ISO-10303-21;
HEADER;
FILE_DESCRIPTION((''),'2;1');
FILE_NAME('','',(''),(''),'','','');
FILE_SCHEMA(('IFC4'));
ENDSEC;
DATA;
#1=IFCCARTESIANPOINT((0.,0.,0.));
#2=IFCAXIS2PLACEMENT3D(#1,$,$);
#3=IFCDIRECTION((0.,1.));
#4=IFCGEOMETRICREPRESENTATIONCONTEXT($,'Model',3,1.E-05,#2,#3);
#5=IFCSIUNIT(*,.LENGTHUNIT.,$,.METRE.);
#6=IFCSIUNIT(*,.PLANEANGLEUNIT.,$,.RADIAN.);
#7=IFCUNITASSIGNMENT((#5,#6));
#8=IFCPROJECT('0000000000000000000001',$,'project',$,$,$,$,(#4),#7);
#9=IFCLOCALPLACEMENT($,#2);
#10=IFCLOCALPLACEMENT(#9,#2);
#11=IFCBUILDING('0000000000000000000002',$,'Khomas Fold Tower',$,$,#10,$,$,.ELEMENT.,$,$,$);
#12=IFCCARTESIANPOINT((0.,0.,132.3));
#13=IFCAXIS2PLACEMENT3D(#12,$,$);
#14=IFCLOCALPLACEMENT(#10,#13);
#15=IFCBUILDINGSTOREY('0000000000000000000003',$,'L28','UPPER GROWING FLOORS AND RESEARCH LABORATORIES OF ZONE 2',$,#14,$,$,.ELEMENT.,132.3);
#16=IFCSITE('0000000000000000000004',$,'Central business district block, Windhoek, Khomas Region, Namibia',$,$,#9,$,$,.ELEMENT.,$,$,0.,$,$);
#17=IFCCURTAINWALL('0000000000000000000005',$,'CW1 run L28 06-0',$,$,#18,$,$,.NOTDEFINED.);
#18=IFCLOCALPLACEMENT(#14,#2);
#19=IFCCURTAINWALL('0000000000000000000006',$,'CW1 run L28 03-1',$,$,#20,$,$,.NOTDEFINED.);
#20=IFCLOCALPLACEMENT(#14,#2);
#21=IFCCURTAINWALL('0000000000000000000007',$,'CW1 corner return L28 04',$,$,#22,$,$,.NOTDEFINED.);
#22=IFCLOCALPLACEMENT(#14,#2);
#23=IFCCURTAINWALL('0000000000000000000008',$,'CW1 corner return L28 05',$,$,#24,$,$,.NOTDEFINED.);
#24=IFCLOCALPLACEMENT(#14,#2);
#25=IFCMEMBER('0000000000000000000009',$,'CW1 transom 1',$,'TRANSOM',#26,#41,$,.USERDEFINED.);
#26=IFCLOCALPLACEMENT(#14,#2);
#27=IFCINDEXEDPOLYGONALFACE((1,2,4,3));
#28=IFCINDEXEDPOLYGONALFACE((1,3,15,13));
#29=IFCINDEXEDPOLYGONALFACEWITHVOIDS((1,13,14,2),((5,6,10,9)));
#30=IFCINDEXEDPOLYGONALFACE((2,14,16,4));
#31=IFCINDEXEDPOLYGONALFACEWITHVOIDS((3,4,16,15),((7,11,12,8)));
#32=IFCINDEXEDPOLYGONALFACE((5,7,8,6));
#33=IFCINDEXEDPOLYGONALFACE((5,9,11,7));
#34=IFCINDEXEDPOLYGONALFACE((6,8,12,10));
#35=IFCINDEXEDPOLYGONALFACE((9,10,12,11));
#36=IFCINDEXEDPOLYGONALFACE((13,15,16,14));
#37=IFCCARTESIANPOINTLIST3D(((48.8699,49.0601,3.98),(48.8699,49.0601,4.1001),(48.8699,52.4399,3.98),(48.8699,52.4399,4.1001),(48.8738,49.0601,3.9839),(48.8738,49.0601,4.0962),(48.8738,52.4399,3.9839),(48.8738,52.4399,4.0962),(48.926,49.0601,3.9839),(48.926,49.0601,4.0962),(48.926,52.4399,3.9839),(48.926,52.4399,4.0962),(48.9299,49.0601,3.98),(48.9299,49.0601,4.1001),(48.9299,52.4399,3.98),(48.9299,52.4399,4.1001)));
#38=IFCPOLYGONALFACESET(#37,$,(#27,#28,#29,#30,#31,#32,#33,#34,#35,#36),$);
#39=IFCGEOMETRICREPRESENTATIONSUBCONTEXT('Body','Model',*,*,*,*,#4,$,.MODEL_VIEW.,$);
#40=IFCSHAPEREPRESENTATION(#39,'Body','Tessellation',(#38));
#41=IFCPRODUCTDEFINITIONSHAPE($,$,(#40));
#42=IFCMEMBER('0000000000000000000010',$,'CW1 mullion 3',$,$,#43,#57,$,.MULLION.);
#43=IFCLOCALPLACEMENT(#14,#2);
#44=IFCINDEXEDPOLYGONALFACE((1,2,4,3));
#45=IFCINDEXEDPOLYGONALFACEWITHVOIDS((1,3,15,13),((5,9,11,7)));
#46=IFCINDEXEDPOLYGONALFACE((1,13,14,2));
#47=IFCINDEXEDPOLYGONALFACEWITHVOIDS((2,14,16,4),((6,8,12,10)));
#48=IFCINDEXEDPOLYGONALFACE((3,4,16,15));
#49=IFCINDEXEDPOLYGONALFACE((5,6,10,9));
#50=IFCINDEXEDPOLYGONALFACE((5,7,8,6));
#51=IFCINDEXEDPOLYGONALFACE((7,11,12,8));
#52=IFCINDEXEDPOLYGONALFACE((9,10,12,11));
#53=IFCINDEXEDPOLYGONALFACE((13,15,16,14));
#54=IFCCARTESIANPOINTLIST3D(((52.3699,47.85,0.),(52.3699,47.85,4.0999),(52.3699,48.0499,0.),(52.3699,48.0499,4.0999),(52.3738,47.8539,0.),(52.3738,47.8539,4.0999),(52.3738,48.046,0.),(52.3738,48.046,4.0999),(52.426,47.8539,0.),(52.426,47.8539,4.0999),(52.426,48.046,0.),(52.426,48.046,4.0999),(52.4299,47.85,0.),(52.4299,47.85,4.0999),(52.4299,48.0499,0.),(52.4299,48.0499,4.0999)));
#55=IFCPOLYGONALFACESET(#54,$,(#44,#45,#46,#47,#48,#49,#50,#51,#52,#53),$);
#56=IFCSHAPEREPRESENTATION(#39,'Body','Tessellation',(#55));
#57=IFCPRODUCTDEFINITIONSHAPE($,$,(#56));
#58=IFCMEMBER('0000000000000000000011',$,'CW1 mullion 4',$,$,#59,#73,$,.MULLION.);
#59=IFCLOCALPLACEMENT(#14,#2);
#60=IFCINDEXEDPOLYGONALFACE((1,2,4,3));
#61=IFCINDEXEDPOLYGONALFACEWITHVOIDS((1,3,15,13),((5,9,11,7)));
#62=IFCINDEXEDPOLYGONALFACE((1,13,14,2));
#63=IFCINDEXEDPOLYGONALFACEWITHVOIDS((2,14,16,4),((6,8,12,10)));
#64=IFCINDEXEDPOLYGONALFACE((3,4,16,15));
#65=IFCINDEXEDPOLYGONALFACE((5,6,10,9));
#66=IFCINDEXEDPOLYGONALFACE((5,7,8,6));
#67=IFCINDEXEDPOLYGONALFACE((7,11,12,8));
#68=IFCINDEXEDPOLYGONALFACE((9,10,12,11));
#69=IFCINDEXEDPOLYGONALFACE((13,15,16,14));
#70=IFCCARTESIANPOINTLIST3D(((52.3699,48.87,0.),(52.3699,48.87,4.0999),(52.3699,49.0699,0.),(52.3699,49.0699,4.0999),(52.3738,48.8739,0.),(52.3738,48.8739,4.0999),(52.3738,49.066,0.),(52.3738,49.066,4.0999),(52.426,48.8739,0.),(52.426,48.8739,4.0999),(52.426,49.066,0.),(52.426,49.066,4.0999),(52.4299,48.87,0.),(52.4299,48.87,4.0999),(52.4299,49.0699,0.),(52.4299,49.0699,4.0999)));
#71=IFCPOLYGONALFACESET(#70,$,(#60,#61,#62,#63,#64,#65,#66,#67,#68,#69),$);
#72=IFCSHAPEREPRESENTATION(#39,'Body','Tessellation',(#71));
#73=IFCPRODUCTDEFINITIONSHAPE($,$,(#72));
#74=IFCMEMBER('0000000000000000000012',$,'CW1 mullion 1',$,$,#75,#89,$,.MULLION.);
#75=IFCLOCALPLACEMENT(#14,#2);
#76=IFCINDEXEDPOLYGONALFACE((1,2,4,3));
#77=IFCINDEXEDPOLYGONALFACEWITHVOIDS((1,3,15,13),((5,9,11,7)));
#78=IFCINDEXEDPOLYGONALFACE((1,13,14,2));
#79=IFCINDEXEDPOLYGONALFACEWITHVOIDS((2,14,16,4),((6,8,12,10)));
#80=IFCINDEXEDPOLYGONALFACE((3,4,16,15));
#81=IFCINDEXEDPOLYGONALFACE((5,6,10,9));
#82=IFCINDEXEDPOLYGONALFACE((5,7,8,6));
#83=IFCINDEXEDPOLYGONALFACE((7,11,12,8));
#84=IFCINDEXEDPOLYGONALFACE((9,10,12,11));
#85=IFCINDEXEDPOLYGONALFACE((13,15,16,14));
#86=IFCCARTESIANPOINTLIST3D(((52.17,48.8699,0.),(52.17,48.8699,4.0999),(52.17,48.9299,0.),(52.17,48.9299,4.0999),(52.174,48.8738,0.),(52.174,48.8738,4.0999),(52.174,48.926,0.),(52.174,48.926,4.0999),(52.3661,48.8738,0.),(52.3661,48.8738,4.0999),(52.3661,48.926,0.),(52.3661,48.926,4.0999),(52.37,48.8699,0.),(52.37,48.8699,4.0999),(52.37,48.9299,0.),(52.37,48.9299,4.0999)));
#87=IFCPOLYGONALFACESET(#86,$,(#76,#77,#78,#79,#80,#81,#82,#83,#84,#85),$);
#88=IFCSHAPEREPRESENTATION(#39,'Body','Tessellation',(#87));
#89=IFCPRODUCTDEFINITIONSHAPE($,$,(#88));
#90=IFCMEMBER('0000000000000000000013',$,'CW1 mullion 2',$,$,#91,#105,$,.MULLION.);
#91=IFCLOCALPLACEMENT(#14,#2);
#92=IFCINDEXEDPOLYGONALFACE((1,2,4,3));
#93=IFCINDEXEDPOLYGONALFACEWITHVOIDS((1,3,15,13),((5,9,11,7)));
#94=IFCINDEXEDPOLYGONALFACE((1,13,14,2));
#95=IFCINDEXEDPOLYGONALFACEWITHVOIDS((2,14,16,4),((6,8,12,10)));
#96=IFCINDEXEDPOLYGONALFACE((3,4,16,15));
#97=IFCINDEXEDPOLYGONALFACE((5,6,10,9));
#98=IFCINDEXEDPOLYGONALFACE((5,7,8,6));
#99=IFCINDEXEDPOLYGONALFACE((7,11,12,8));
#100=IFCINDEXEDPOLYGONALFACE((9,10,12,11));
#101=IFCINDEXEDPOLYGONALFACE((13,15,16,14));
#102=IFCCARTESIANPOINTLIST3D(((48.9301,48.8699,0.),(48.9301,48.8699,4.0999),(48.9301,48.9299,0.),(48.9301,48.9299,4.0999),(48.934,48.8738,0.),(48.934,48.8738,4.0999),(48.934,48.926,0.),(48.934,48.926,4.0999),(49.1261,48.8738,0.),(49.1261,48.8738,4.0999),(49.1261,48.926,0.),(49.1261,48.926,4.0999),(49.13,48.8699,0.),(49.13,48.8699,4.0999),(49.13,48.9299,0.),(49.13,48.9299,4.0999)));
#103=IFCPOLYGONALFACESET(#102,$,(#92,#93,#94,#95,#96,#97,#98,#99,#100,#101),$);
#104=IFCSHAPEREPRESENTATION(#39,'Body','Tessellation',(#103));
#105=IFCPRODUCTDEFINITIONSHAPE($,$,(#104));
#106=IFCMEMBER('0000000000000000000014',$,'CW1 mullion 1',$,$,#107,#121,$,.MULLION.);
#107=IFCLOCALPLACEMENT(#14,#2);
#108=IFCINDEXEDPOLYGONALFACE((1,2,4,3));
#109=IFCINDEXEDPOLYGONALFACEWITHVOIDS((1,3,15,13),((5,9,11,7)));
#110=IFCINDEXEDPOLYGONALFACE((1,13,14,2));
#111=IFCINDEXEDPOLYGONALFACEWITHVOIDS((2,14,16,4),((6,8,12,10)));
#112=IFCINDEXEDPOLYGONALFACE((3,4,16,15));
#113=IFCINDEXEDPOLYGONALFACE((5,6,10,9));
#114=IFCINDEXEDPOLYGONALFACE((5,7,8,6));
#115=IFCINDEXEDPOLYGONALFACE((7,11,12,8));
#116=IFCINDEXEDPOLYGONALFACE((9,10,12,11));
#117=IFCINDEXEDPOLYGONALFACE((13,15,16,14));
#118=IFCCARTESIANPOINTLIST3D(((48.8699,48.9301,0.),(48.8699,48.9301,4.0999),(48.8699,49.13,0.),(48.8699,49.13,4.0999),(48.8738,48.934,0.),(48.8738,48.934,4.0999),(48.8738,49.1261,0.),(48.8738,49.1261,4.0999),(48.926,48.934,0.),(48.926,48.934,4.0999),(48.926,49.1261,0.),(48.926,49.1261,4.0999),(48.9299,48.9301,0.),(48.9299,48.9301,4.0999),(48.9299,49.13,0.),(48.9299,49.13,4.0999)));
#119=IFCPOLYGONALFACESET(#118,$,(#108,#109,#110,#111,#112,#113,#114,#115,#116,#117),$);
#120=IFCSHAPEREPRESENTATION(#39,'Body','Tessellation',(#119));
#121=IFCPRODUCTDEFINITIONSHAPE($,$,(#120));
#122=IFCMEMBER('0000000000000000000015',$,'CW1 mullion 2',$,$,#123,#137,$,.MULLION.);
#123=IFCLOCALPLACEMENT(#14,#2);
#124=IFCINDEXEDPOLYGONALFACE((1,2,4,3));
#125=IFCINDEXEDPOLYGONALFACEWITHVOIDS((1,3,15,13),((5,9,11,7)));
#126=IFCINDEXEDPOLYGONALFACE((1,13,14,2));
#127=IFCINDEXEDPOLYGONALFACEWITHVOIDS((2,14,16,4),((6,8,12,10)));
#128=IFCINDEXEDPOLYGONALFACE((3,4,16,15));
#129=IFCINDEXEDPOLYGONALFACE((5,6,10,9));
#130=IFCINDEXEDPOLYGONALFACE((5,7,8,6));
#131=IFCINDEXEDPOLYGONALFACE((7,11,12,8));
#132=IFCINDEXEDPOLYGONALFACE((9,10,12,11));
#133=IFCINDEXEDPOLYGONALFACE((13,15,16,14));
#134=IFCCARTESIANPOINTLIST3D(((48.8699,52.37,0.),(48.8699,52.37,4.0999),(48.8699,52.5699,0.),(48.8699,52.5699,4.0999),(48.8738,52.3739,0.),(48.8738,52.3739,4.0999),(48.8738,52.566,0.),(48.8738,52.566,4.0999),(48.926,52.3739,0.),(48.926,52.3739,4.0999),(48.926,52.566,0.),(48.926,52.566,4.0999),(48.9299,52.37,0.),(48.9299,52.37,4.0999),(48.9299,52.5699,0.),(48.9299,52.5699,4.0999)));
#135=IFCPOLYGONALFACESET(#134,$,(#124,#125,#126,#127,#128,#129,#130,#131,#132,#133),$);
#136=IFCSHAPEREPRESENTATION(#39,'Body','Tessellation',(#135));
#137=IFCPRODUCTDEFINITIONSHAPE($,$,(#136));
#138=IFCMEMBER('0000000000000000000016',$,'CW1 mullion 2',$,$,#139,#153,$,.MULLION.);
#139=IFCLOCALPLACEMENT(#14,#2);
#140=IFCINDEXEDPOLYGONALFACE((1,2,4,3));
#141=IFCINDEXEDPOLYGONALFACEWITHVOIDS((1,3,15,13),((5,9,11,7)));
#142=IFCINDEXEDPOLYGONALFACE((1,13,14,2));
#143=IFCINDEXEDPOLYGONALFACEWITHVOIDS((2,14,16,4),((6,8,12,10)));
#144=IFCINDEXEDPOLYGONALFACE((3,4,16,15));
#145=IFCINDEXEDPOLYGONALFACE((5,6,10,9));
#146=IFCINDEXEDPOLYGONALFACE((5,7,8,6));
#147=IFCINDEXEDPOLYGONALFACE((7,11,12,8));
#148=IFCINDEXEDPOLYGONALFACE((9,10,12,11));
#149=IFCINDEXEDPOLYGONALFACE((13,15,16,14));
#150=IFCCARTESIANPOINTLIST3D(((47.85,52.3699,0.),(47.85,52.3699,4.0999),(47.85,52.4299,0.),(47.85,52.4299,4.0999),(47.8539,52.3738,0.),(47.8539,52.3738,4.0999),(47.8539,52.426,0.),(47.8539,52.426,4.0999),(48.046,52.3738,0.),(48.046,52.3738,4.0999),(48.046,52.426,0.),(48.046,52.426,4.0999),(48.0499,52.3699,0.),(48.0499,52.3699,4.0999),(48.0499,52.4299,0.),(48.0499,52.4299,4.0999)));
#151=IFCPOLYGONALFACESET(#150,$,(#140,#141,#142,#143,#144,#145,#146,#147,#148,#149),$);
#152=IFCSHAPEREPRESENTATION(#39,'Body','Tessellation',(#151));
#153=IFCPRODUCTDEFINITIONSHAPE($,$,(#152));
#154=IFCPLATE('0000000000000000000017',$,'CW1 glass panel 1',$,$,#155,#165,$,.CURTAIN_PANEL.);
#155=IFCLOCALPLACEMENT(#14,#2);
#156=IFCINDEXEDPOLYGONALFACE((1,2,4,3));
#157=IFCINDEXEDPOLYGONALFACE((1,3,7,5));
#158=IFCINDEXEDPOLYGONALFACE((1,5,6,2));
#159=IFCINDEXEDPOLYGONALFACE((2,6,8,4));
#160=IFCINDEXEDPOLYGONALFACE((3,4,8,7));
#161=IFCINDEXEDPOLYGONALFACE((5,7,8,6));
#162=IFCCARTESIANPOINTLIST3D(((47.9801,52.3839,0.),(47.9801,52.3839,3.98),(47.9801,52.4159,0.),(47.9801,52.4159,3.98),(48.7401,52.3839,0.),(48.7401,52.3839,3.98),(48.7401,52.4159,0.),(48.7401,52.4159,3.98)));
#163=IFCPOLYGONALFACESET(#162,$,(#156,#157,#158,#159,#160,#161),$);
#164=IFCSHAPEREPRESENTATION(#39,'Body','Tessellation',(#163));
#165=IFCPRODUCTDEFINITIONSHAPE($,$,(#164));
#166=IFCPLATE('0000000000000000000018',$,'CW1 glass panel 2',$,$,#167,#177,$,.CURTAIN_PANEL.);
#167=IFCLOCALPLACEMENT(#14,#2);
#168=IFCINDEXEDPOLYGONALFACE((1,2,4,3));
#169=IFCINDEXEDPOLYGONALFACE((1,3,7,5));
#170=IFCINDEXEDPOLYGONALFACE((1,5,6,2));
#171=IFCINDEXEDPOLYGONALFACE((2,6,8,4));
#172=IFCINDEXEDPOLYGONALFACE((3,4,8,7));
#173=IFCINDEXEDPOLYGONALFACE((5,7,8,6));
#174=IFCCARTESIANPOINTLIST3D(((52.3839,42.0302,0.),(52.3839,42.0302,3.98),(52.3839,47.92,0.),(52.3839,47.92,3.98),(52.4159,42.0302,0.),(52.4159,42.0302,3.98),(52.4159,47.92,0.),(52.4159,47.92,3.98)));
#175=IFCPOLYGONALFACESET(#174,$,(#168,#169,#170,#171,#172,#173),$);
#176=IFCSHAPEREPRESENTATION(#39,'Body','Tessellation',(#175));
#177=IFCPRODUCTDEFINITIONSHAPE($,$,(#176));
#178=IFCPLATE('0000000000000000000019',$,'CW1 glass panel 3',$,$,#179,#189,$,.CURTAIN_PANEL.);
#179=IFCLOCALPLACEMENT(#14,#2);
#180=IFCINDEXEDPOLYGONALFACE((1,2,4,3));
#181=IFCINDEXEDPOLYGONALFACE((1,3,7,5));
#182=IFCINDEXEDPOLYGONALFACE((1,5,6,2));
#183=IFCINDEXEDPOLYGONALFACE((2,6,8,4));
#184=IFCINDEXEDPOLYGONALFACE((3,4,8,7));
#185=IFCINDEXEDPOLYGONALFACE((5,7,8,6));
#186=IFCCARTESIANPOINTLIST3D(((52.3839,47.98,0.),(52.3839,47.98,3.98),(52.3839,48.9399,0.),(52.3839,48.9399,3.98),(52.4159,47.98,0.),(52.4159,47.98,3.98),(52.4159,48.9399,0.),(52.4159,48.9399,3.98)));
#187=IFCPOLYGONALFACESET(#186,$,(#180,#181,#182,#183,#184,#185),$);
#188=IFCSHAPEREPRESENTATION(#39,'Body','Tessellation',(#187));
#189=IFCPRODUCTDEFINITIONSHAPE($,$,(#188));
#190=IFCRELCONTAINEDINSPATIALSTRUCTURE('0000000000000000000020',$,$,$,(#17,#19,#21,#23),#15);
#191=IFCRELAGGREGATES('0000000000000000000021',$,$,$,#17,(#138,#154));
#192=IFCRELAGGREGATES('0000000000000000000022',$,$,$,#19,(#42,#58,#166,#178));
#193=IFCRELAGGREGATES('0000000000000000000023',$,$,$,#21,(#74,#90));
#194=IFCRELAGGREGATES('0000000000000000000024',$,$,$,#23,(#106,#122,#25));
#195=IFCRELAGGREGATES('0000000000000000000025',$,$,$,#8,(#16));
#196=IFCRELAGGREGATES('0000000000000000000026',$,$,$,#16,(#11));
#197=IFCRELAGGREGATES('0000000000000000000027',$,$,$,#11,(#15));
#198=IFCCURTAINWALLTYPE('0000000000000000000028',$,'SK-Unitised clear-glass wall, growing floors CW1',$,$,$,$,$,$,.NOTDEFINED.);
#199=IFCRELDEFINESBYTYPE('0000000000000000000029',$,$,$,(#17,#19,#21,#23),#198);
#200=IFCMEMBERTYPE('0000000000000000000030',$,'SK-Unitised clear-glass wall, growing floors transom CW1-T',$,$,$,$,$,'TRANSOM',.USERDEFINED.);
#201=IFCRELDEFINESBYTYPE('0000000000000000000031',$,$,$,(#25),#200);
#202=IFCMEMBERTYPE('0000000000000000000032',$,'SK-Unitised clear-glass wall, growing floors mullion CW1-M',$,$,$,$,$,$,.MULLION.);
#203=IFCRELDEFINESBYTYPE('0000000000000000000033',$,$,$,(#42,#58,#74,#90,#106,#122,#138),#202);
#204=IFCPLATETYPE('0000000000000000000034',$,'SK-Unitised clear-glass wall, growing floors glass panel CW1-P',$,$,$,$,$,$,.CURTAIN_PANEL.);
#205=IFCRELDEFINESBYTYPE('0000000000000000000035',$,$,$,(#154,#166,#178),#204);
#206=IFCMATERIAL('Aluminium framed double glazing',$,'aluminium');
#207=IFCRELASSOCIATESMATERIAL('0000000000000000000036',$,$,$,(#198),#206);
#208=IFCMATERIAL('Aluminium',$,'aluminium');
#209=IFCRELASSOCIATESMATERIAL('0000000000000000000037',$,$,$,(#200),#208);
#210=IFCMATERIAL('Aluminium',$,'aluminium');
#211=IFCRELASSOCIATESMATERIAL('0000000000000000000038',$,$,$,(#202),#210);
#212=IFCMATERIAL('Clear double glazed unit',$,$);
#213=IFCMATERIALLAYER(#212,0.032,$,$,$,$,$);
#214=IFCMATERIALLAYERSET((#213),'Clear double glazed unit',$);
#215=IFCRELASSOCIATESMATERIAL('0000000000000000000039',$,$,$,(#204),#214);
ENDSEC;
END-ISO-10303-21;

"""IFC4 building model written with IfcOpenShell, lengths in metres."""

from ifc_helpers import new_model, si_unit, direction, frame, origin, origin_2d, place, context, subcontext, project, spatial, rectangle, hollow_rectangle, extrude, source, transform, mapped, material, layer, layer_set, material_profile, profile_set, type_object, element, aggregate, save


model = new_model("IFC4")

# Units and contexts
model_context = context("Model", 3, precision=1e-05, world=origin(), true_north=direction((0.0, 1.0)))
body_context = subcontext(model_context, "Body", "Model", "MODEL_VIEW")
ifc_project = project(units=[si_unit("LENGTHUNIT", "METRE"), si_unit("PLANEANGLEUNIT", "RADIAN")], contexts=[model_context])

# Site, building, storey
site_placement = place(None, origin())
site = spatial("IfcSite", under=ifc_project, at=site_placement, Name="Central business district block, Windhoek, Khomas Region, Namibia", CompositionType="ELEMENT", RefElevation=0.0)
building_placement = place(site_placement, origin())
building = spatial("IfcBuilding", under=site, at=building_placement, Name="Khomas Fold Tower", CompositionType="ELEMENT")
storey_placement = place(building_placement, frame((0.0, 0.0, 132.3)))
storey = spatial("IfcBuildingStorey", under=building, at=storey_placement, Name="L28", Description="UPPER GROWING FLOORS AND RESEARCH LABORATORIES OF ZONE 2", CompositionType="ELEMENT", Elevation=132.3)

# Curtain wall
ifc_material_1 = material(Name="Aluminium framed double glazing", Category="aluminium")
curtain_wall_type = type_object("IfcCurtainWallType", Name="SK-Unitised clear-glass wall, growing floors CW1", PredefinedType="NOTDEFINED", material=ifc_material_1)
curtain_wall_1_placement = place(storey_placement, origin())
curtain_wall_1 = element("IfcCurtainWall", 1, at=curtain_wall_1_placement, inside=storey, type_object=curtain_wall_type, Name="CW1 run L28 06-0", PredefinedType="NOTDEFINED")
ifc_material_2 = material(Name="Aluminium", Category="aluminium")
ifc_material_profile_1 = material_profile(ifc_material_2, hollow_rectangle(XDim=0.0601, YDim=0.1201, WallThickness=0.0039, at=origin_2d()), Name="SK-Unitised clear-glass wall, growing floors transom CW1-T")
ifc_profile_set_1 = profile_set([ifc_material_profile_1], Name="Aluminium")
member_type_1 = type_object("IfcMemberType", Name="SK-Unitised clear-glass wall, growing floors transom CW1-T", ElementType="TRANSOM", PredefinedType="USERDEFINED", material=ifc_profile_set_1)

# Curtain walls, member
curtain_wall_2_placement = place(storey_placement, origin())
curtain_wall_2 = element("IfcCurtainWall", 2, at=curtain_wall_2_placement, inside=storey, type_object=curtain_wall_type, Name="CW1 run L28 03-1", PredefinedType="NOTDEFINED")
curtain_wall_3_placement = place(storey_placement, origin())
curtain_wall_3 = element("IfcCurtainWall", 3, at=curtain_wall_3_placement, inside=storey, type_object=curtain_wall_type, Name="CW1 corner return L28 04", PredefinedType="NOTDEFINED")
curtain_wall_4_placement = place(storey_placement, origin())
curtain_wall_4 = element("IfcCurtainWall", 4, at=curtain_wall_4_placement, inside=storey, type_object=curtain_wall_type, Name="CW1 corner return L28 05", PredefinedType="NOTDEFINED")
shared_shape_1 = source(origin(), body_context, "Body", "SweptSolid", [
    extrude(hollow_rectangle(XDim=0.0601, YDim=0.1201, WallThickness=0.0039, at=origin_2d()), origin(), (0.0, 0.0, 1.0), 3.3799),
])
member_1_placement = place(storey_placement, frame((48.8999, 49.0601, 4.04), z_axis=(0.0, 1.0, 0.0), x_axis=(-1.0, 0.0, 0.0)))
member_1 = element("IfcMember", 5, at=member_1_placement, type_object=member_type_1, Name="CW1 transom 1", ObjectType="TRANSOM", PredefinedType="USERDEFINED", context=body_context, shape_type="MappedRepresentation", body=[
    mapped(shared_shape_1, transform((0.0, 0.0, 0.0))),
])

# Members
ifc_material_3 = material(Name="Aluminium", Category="aluminium")
ifc_material_profile_2 = material_profile(ifc_material_3, hollow_rectangle(XDim=0.0601, YDim=0.2, WallThickness=0.0039, at=origin_2d()), Name="SK-Unitised clear-glass wall, growing floors mullion CW1-M")
ifc_profile_set_2 = profile_set([ifc_material_profile_2], Name="Aluminium")
member_type_2 = type_object("IfcMemberType", Name="SK-Unitised clear-glass wall, growing floors mullion CW1-M", PredefinedType="MULLION", material=ifc_profile_set_2)
shared_shape_2 = source(origin(), body_context, "Body", "SweptSolid", [
    extrude(hollow_rectangle(XDim=0.0601, YDim=0.2, WallThickness=0.0039, at=origin_2d()), origin(), (0.0, 0.0, 1.0), 4.0999),
])
member_2_placement = place(storey_placement, frame((52.3999, 47.95, 0.0), z_axis=(0.0, 0.0, 1.0), x_axis=(-1.0, 0.0, 0.0)))
member_2 = element("IfcMember", 6, at=member_2_placement, type_object=member_type_2, Name="CW1 mullion 3", PredefinedType="MULLION", context=body_context, shape_type="MappedRepresentation", body=[
    mapped(shared_shape_2, transform((0.0, 0.0, 0.0))),
])
member_3_placement = place(storey_placement, frame((52.3999, 48.97, 0.0), z_axis=(0.0, 0.0, 1.0), x_axis=(-1.0, 0.0, 0.0)))
member_3 = element("IfcMember", 7, at=member_3_placement, type_object=member_type_2, Name="CW1 mullion 4", PredefinedType="MULLION", context=body_context, shape_type="MappedRepresentation", body=[
    mapped(shared_shape_2, transform((0.0, 0.0, 0.0))),
])
member_4_placement = place(storey_placement, frame((52.27, 48.8999, 0.0), z_axis=(0.0, 0.0, 1.0), x_axis=(0.0, -1.0, 0.0)))
member_4 = element("IfcMember", 8, at=member_4_placement, type_object=member_type_2, Name="CW1 mullion 1", PredefinedType="MULLION", context=body_context, shape_type="MappedRepresentation", body=[
    mapped(shared_shape_2, transform((0.0, 0.0, 0.0))),
])
member_5_placement = place(storey_placement, frame((49.03, 48.8999, 0.0), z_axis=(0.0, 0.0, 1.0), x_axis=(0.0, -1.0, 0.0)))
member_5 = element("IfcMember", 9, at=member_5_placement, type_object=member_type_2, Name="CW1 mullion 2", PredefinedType="MULLION", context=body_context, shape_type="MappedRepresentation", body=[
    mapped(shared_shape_2, transform((0.0, 0.0, 0.0))),
])
member_6_placement = place(storey_placement, frame((48.8999, 49.03, 0.0), z_axis=(0.0, 0.0, 1.0), x_axis=(-1.0, 0.0, 0.0)))
member_6 = element("IfcMember", 10, at=member_6_placement, type_object=member_type_2, Name="CW1 mullion 1", PredefinedType="MULLION", context=body_context, shape_type="MappedRepresentation", body=[
    mapped(shared_shape_2, transform((0.0, 0.0, 0.0))),
])
member_7_placement = place(storey_placement, frame((48.8999, 52.47, 0.0), z_axis=(0.0, 0.0, 1.0), x_axis=(-1.0, 0.0, 0.0)))
member_7 = element("IfcMember", 11, at=member_7_placement, type_object=member_type_2, Name="CW1 mullion 2", PredefinedType="MULLION", context=body_context, shape_type="MappedRepresentation", body=[
    mapped(shared_shape_2, transform((0.0, 0.0, 0.0))),
])
member_8_placement = place(storey_placement, frame((47.95, 52.3999, 0.0), z_axis=(0.0, 0.0, 1.0), x_axis=(0.0, -1.0, 0.0)))
member_8 = element("IfcMember", 12, at=member_8_placement, type_object=member_type_2, Name="CW1 mullion 2", PredefinedType="MULLION", context=body_context, shape_type="MappedRepresentation", body=[
    mapped(shared_shape_2, transform((0.0, 0.0, 0.0))),
])

# Plates
ifc_material_4 = material(Name="Clear double glazed unit")
ifc_layer = layer(ifc_material_4, 0.032)
ifc_layer_set = layer_set([ifc_layer], Name="Clear double glazed unit")
plate_type = type_object("IfcPlateType", Name="SK-Unitised clear-glass wall, growing floors glass panel CW1-P", PredefinedType="CURTAIN_PANEL", material=ifc_layer_set)
shared_shape_3 = source(origin(), body_context, "Body", "SweptSolid", [
    extrude(rectangle(XDim=0.76, YDim=0.032, at=origin_2d()), origin(), (0.0, 0.0, 1.0), 3.98),
])
plate_1_placement = place(storey_placement, frame((48.3601, 52.3999, 0.0), z_axis=(0.0, 0.0, 1.0), x_axis=(-1.0, 0.0, 0.0)))
plate_1 = element("IfcPlate", 13, at=plate_1_placement, type_object=plate_type, Name="CW1 glass panel 1", PredefinedType="CURTAIN_PANEL", context=body_context, shape_type="MappedRepresentation", body=[
    mapped(shared_shape_3, transform((0.0, 0.0, 0.0))),
])
aggregate(curtain_wall_1, [member_8, plate_1])
shared_shape_4 = source(origin(), body_context, "Body", "SweptSolid", [
    extrude(rectangle(XDim=5.8899, YDim=0.032, at=origin_2d()), origin(), (0.0, 0.0, 1.0), 3.98),
])
plate_2_placement = place(storey_placement, frame((52.3999, 44.9751, 0.0), z_axis=(0.0, 0.0, 1.0), x_axis=(0.0, 1.0, 0.0)))
plate_2 = element("IfcPlate", 14, at=plate_2_placement, type_object=plate_type, Name="CW1 glass panel 2", PredefinedType="CURTAIN_PANEL", context=body_context, shape_type="MappedRepresentation", body=[
    mapped(shared_shape_4, transform((0.0, 0.0, 0.0))),
])
shared_shape_5 = source(origin(), body_context, "Body", "SweptSolid", [
    extrude(rectangle(XDim=0.96, YDim=0.032, at=origin_2d()), origin(), (0.0, 0.0, 1.0), 3.98),
])
plate_3_placement = place(storey_placement, frame((52.3999, 48.46, 0.0), z_axis=(0.0, 0.0, 1.0), x_axis=(0.0, 1.0, 0.0)))
plate_3 = element("IfcPlate", 15, at=plate_3_placement, type_object=plate_type, Name="CW1 glass panel 3", PredefinedType="CURTAIN_PANEL", context=body_context, shape_type="MappedRepresentation", body=[
    mapped(shared_shape_5, transform((0.0, 0.0, 0.0))),
])
aggregate(curtain_wall_2, [member_2, member_3, plate_2, plate_3])
aggregate(curtain_wall_3, [member_4, member_5])
aggregate(curtain_wall_4, [member_6, member_7, member_1])

save(model, "model.ifc")
